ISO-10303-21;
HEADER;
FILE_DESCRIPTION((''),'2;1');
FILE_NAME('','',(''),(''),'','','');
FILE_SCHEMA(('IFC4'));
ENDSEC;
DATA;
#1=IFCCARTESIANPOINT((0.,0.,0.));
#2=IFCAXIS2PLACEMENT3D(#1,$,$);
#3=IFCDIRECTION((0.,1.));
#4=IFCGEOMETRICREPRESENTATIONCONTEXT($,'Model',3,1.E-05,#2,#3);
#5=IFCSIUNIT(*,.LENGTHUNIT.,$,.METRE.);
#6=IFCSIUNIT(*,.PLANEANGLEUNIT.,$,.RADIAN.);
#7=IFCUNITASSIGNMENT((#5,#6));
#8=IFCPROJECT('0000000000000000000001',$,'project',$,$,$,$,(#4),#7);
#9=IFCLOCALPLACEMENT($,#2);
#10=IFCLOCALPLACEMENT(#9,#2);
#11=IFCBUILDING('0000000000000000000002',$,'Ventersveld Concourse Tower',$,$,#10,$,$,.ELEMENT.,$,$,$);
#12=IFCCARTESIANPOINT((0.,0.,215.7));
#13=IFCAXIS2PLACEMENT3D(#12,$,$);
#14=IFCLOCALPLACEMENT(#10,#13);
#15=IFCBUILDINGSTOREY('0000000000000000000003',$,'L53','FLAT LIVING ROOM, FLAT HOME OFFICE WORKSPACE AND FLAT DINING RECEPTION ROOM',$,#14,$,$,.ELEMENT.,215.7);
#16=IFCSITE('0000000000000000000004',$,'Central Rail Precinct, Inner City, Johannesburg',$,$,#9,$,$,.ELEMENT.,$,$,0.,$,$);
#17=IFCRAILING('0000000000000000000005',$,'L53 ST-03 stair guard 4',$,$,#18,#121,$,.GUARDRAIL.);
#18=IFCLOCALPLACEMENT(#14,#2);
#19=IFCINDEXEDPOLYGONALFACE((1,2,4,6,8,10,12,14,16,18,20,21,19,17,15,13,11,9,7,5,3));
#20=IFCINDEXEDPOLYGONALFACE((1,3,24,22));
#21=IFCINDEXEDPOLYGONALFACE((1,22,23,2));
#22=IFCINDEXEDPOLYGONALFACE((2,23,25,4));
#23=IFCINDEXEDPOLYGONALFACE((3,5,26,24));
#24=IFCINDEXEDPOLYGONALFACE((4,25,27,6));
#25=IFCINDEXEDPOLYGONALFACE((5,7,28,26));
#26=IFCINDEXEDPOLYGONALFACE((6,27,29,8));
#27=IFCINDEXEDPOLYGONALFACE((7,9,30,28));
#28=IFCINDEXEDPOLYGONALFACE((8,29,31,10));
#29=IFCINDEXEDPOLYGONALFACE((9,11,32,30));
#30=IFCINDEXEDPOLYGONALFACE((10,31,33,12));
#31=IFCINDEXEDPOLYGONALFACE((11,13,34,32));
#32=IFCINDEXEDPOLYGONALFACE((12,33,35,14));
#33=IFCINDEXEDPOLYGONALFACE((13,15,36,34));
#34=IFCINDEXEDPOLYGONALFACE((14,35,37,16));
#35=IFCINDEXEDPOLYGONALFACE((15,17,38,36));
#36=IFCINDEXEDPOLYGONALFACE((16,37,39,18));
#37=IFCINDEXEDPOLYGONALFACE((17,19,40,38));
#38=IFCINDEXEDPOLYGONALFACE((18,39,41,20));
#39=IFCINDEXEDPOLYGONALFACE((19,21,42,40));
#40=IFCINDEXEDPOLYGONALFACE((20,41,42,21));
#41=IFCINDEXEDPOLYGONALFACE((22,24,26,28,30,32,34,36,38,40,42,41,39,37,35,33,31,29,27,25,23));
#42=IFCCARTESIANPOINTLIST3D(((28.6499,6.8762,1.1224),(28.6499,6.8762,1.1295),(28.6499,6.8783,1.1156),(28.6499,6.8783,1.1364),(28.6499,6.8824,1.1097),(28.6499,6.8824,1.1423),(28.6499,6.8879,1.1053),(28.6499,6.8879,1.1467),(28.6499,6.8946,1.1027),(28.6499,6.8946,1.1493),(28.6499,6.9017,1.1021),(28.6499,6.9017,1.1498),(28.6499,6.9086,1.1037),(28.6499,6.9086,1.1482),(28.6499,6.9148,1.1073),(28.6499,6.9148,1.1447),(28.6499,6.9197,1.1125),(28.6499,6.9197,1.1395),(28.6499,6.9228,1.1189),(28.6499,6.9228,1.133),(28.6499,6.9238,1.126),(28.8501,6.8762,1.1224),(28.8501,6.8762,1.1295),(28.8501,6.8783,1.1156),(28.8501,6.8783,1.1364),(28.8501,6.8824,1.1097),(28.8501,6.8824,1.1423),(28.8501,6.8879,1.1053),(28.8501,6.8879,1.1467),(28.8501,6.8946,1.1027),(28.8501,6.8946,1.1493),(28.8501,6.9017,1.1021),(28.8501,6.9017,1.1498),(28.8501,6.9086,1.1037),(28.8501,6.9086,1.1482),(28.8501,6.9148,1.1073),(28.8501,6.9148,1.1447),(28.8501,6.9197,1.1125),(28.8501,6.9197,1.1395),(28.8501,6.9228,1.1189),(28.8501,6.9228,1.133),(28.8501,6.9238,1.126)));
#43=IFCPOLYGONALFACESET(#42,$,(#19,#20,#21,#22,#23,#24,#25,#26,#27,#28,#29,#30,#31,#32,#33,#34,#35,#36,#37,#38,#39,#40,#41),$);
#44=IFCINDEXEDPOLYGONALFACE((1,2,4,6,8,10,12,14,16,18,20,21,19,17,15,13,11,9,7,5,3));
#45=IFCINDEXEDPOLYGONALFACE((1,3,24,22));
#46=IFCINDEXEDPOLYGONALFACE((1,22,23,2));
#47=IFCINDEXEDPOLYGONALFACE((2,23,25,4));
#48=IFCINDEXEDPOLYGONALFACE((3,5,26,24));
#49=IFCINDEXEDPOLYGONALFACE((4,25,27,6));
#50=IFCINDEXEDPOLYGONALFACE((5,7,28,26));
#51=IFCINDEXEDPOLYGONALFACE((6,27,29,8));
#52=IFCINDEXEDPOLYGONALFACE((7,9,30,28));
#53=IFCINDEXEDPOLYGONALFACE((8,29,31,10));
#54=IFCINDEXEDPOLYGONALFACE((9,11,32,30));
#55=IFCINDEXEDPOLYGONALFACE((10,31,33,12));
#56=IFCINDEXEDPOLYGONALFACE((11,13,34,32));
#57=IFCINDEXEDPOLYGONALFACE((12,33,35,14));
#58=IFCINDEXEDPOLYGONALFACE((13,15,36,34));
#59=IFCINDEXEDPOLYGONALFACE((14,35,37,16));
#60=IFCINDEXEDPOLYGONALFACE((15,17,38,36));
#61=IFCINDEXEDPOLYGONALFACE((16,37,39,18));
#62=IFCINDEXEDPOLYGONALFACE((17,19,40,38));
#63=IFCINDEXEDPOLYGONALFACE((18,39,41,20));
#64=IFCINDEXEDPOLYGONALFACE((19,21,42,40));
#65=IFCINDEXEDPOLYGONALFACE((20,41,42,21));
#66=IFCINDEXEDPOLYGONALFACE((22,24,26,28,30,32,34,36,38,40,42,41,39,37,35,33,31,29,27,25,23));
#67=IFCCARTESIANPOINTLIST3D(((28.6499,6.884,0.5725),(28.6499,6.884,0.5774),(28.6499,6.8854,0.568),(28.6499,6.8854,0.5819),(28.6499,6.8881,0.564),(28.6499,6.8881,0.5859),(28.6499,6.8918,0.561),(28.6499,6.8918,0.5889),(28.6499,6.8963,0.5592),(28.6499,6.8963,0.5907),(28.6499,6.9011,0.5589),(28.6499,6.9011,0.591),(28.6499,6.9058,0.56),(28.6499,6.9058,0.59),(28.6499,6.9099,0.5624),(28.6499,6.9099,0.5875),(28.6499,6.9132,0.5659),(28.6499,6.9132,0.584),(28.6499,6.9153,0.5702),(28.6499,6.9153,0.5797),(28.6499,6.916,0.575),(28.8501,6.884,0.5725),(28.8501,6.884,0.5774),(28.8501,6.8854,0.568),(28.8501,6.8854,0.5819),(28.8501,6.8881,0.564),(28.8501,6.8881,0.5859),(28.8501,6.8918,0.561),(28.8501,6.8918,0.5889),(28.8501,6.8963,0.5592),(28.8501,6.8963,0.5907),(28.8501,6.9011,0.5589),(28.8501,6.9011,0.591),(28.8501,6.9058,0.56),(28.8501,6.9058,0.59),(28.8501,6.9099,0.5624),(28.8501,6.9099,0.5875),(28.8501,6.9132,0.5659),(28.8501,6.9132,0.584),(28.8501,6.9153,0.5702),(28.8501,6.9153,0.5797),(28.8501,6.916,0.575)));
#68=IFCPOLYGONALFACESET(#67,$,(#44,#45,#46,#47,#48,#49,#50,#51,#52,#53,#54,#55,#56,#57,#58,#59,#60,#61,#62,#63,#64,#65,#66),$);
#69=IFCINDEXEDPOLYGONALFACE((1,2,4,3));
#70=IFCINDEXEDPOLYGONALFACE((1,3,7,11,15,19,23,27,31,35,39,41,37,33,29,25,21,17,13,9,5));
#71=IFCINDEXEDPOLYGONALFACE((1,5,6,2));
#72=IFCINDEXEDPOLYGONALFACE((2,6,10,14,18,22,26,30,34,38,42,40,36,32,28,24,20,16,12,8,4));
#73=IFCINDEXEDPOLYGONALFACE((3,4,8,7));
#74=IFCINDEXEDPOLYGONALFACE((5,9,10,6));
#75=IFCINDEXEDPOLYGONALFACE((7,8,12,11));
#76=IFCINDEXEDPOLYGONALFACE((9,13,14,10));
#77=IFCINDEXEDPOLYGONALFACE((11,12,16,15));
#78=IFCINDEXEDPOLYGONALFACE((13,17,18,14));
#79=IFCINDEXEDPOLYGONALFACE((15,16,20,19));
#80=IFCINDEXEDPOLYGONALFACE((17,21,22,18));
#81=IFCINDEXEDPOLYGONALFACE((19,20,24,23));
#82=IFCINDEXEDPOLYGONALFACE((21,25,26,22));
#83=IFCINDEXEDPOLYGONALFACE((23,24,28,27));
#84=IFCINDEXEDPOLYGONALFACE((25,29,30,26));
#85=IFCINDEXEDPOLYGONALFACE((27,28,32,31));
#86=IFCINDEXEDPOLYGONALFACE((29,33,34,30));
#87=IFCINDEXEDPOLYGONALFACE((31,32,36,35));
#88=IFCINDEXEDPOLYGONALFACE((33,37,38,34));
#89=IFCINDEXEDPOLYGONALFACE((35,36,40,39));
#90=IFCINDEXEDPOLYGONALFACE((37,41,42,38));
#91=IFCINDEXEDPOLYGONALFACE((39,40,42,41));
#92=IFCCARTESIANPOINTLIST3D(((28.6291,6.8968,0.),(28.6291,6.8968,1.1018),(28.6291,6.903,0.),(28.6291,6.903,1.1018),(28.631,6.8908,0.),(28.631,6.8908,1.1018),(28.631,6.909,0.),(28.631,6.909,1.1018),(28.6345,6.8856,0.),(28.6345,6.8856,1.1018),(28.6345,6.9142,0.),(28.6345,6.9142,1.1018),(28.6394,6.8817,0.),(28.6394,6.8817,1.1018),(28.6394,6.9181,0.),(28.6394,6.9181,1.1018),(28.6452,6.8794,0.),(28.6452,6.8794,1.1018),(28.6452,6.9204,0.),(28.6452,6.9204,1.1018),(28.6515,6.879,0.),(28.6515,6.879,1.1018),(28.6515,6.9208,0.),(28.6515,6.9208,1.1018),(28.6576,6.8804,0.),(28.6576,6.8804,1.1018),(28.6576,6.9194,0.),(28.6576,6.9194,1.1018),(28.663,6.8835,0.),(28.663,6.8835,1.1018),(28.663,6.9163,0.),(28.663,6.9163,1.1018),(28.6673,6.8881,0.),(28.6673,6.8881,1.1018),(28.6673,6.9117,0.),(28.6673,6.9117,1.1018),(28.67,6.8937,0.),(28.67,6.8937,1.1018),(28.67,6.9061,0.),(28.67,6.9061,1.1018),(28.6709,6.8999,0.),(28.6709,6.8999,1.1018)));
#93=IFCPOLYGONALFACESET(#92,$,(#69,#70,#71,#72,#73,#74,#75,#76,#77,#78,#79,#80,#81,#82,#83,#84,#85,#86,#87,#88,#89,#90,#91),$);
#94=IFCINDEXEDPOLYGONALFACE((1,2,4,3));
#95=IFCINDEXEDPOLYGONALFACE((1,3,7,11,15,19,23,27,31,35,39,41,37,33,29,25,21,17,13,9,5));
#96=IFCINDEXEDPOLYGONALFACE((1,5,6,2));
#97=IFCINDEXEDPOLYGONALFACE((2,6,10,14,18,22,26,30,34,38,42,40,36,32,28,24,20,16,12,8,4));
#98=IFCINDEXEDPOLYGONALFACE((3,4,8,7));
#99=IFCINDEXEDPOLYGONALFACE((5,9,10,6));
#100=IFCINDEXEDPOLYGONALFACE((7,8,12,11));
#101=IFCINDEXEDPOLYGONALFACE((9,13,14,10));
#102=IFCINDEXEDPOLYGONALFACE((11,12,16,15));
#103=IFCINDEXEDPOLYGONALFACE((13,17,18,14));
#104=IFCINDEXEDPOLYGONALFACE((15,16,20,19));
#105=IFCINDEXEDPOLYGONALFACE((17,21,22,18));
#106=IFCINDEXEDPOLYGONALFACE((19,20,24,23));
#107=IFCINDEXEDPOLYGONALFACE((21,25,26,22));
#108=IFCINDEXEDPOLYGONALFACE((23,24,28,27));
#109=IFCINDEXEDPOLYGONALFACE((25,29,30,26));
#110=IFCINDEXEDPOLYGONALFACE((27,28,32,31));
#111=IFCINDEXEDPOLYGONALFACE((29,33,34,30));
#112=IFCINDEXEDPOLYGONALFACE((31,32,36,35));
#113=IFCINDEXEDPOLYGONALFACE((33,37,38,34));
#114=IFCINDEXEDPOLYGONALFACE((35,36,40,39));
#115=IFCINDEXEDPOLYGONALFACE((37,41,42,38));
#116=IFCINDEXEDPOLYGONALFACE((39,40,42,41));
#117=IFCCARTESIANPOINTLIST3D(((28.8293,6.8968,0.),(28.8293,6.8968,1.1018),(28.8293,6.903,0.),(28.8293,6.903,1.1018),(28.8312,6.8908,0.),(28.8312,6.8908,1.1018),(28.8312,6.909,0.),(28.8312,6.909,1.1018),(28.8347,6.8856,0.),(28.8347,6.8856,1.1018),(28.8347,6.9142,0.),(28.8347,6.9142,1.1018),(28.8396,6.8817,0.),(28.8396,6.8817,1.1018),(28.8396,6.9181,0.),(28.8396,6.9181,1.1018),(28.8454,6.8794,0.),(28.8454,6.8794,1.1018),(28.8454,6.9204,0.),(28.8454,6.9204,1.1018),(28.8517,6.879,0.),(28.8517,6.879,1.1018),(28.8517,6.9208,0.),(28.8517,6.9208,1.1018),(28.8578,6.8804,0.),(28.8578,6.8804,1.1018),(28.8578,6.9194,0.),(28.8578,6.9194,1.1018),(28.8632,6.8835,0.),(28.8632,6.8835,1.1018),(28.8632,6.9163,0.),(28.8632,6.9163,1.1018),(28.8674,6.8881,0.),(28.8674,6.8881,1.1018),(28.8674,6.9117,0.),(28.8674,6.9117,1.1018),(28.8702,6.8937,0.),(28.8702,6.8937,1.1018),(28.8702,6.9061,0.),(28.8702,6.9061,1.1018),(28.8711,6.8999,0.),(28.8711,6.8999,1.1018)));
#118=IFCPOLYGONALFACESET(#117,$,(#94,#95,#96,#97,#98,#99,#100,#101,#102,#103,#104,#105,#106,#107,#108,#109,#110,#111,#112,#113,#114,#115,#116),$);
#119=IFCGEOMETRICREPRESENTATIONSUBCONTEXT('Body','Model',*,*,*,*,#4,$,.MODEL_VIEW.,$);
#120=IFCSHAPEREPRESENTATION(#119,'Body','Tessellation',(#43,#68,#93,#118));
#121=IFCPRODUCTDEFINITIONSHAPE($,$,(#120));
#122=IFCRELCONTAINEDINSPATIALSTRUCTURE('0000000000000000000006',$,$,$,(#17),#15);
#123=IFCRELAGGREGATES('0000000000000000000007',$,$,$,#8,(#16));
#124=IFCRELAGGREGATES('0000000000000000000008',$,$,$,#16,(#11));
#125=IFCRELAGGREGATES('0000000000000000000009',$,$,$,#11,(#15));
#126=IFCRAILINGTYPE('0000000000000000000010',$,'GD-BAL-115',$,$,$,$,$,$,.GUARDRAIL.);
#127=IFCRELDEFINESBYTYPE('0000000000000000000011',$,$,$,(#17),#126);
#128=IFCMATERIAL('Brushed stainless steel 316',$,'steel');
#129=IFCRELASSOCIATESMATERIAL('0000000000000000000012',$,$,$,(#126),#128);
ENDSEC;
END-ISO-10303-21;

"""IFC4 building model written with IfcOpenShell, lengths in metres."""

from ifc_helpers import new_model, si_unit, direction, frame, origin, origin_2d, place, context, subcontext, project, spatial, circle, extrude, material, type_object, element, save


model = new_model("IFC4")

# Units and contexts
model_context = context("Model", 3, precision=1e-05, world=origin(), true_north=direction((0.0, 1.0)))
body_context = subcontext(model_context, "Body", "Model", "MODEL_VIEW")
ifc_project = project(units=[si_unit("LENGTHUNIT", "METRE"), si_unit("PLANEANGLEUNIT", "RADIAN")], contexts=[model_context])

# Site, building, storey
site_placement = place(None, origin())
site = spatial("IfcSite", under=ifc_project, at=site_placement, Name="Central Rail Precinct, Inner City, Johannesburg", CompositionType="ELEMENT", RefElevation=0.0)
building_placement = place(site_placement, origin())
building = spatial("IfcBuilding", under=site, at=building_placement, Name="Ventersveld Concourse Tower", CompositionType="ELEMENT")
storey_placement = place(building_placement, frame((0.0, 0.0, 215.7)))
storey = spatial("IfcBuildingStorey", under=building, at=storey_placement, Name="L53", Description="FLAT LIVING ROOM, FLAT HOME OFFICE WORKSPACE AND FLAT DINING RECEPTION ROOM", CompositionType="ELEMENT", Elevation=215.7)

# Shared definitions
ifc_material_1 = material(Name="Brushed stainless steel 316", Category="steel")

# Railing
railing_type_1 = type_object("IfcRailingType", Name="GD-BAL-115", PredefinedType="GUARDRAIL", material=ifc_material_1)
railing_1_placement = place(storey_placement, frame((28.6499, 6.8999, 0.0)))
element("IfcRailing", 1, at=railing_1_placement, inside=storey, type_object=railing_type_1, Name="L53 ST-03 stair guard 4", PredefinedType="GUARDRAIL", context=body_context, shape_type="SweptSolid", body=[
    extrude(circle(Radius=0.0239, at=origin_2d()), frame((0.0, 0.0, 1.126), z_axis=(1.0, 0.0, 0.0), x_axis=(0.0, 1.0, 0.0)), (0.0, 0.0, 1.0), 0.2002),
    extrude(circle(Radius=0.0161, at=origin_2d()), frame((0.0, 0.0, 0.575), z_axis=(1.0, 0.0, 0.0), x_axis=(0.0, 1.0, 0.0)), (0.0, 0.0, 1.0), 0.2002),
    extrude(circle(Radius=0.021, at=origin_2d()), origin(), (0.0, 0.0, 1.0), 1.1018),
    extrude(circle(Radius=0.021, at=origin_2d()), frame((0.2002, 0.0, 0.0)), (0.0, 0.0, 1.0), 1.1018),
])

save(model, "model.ifc")
